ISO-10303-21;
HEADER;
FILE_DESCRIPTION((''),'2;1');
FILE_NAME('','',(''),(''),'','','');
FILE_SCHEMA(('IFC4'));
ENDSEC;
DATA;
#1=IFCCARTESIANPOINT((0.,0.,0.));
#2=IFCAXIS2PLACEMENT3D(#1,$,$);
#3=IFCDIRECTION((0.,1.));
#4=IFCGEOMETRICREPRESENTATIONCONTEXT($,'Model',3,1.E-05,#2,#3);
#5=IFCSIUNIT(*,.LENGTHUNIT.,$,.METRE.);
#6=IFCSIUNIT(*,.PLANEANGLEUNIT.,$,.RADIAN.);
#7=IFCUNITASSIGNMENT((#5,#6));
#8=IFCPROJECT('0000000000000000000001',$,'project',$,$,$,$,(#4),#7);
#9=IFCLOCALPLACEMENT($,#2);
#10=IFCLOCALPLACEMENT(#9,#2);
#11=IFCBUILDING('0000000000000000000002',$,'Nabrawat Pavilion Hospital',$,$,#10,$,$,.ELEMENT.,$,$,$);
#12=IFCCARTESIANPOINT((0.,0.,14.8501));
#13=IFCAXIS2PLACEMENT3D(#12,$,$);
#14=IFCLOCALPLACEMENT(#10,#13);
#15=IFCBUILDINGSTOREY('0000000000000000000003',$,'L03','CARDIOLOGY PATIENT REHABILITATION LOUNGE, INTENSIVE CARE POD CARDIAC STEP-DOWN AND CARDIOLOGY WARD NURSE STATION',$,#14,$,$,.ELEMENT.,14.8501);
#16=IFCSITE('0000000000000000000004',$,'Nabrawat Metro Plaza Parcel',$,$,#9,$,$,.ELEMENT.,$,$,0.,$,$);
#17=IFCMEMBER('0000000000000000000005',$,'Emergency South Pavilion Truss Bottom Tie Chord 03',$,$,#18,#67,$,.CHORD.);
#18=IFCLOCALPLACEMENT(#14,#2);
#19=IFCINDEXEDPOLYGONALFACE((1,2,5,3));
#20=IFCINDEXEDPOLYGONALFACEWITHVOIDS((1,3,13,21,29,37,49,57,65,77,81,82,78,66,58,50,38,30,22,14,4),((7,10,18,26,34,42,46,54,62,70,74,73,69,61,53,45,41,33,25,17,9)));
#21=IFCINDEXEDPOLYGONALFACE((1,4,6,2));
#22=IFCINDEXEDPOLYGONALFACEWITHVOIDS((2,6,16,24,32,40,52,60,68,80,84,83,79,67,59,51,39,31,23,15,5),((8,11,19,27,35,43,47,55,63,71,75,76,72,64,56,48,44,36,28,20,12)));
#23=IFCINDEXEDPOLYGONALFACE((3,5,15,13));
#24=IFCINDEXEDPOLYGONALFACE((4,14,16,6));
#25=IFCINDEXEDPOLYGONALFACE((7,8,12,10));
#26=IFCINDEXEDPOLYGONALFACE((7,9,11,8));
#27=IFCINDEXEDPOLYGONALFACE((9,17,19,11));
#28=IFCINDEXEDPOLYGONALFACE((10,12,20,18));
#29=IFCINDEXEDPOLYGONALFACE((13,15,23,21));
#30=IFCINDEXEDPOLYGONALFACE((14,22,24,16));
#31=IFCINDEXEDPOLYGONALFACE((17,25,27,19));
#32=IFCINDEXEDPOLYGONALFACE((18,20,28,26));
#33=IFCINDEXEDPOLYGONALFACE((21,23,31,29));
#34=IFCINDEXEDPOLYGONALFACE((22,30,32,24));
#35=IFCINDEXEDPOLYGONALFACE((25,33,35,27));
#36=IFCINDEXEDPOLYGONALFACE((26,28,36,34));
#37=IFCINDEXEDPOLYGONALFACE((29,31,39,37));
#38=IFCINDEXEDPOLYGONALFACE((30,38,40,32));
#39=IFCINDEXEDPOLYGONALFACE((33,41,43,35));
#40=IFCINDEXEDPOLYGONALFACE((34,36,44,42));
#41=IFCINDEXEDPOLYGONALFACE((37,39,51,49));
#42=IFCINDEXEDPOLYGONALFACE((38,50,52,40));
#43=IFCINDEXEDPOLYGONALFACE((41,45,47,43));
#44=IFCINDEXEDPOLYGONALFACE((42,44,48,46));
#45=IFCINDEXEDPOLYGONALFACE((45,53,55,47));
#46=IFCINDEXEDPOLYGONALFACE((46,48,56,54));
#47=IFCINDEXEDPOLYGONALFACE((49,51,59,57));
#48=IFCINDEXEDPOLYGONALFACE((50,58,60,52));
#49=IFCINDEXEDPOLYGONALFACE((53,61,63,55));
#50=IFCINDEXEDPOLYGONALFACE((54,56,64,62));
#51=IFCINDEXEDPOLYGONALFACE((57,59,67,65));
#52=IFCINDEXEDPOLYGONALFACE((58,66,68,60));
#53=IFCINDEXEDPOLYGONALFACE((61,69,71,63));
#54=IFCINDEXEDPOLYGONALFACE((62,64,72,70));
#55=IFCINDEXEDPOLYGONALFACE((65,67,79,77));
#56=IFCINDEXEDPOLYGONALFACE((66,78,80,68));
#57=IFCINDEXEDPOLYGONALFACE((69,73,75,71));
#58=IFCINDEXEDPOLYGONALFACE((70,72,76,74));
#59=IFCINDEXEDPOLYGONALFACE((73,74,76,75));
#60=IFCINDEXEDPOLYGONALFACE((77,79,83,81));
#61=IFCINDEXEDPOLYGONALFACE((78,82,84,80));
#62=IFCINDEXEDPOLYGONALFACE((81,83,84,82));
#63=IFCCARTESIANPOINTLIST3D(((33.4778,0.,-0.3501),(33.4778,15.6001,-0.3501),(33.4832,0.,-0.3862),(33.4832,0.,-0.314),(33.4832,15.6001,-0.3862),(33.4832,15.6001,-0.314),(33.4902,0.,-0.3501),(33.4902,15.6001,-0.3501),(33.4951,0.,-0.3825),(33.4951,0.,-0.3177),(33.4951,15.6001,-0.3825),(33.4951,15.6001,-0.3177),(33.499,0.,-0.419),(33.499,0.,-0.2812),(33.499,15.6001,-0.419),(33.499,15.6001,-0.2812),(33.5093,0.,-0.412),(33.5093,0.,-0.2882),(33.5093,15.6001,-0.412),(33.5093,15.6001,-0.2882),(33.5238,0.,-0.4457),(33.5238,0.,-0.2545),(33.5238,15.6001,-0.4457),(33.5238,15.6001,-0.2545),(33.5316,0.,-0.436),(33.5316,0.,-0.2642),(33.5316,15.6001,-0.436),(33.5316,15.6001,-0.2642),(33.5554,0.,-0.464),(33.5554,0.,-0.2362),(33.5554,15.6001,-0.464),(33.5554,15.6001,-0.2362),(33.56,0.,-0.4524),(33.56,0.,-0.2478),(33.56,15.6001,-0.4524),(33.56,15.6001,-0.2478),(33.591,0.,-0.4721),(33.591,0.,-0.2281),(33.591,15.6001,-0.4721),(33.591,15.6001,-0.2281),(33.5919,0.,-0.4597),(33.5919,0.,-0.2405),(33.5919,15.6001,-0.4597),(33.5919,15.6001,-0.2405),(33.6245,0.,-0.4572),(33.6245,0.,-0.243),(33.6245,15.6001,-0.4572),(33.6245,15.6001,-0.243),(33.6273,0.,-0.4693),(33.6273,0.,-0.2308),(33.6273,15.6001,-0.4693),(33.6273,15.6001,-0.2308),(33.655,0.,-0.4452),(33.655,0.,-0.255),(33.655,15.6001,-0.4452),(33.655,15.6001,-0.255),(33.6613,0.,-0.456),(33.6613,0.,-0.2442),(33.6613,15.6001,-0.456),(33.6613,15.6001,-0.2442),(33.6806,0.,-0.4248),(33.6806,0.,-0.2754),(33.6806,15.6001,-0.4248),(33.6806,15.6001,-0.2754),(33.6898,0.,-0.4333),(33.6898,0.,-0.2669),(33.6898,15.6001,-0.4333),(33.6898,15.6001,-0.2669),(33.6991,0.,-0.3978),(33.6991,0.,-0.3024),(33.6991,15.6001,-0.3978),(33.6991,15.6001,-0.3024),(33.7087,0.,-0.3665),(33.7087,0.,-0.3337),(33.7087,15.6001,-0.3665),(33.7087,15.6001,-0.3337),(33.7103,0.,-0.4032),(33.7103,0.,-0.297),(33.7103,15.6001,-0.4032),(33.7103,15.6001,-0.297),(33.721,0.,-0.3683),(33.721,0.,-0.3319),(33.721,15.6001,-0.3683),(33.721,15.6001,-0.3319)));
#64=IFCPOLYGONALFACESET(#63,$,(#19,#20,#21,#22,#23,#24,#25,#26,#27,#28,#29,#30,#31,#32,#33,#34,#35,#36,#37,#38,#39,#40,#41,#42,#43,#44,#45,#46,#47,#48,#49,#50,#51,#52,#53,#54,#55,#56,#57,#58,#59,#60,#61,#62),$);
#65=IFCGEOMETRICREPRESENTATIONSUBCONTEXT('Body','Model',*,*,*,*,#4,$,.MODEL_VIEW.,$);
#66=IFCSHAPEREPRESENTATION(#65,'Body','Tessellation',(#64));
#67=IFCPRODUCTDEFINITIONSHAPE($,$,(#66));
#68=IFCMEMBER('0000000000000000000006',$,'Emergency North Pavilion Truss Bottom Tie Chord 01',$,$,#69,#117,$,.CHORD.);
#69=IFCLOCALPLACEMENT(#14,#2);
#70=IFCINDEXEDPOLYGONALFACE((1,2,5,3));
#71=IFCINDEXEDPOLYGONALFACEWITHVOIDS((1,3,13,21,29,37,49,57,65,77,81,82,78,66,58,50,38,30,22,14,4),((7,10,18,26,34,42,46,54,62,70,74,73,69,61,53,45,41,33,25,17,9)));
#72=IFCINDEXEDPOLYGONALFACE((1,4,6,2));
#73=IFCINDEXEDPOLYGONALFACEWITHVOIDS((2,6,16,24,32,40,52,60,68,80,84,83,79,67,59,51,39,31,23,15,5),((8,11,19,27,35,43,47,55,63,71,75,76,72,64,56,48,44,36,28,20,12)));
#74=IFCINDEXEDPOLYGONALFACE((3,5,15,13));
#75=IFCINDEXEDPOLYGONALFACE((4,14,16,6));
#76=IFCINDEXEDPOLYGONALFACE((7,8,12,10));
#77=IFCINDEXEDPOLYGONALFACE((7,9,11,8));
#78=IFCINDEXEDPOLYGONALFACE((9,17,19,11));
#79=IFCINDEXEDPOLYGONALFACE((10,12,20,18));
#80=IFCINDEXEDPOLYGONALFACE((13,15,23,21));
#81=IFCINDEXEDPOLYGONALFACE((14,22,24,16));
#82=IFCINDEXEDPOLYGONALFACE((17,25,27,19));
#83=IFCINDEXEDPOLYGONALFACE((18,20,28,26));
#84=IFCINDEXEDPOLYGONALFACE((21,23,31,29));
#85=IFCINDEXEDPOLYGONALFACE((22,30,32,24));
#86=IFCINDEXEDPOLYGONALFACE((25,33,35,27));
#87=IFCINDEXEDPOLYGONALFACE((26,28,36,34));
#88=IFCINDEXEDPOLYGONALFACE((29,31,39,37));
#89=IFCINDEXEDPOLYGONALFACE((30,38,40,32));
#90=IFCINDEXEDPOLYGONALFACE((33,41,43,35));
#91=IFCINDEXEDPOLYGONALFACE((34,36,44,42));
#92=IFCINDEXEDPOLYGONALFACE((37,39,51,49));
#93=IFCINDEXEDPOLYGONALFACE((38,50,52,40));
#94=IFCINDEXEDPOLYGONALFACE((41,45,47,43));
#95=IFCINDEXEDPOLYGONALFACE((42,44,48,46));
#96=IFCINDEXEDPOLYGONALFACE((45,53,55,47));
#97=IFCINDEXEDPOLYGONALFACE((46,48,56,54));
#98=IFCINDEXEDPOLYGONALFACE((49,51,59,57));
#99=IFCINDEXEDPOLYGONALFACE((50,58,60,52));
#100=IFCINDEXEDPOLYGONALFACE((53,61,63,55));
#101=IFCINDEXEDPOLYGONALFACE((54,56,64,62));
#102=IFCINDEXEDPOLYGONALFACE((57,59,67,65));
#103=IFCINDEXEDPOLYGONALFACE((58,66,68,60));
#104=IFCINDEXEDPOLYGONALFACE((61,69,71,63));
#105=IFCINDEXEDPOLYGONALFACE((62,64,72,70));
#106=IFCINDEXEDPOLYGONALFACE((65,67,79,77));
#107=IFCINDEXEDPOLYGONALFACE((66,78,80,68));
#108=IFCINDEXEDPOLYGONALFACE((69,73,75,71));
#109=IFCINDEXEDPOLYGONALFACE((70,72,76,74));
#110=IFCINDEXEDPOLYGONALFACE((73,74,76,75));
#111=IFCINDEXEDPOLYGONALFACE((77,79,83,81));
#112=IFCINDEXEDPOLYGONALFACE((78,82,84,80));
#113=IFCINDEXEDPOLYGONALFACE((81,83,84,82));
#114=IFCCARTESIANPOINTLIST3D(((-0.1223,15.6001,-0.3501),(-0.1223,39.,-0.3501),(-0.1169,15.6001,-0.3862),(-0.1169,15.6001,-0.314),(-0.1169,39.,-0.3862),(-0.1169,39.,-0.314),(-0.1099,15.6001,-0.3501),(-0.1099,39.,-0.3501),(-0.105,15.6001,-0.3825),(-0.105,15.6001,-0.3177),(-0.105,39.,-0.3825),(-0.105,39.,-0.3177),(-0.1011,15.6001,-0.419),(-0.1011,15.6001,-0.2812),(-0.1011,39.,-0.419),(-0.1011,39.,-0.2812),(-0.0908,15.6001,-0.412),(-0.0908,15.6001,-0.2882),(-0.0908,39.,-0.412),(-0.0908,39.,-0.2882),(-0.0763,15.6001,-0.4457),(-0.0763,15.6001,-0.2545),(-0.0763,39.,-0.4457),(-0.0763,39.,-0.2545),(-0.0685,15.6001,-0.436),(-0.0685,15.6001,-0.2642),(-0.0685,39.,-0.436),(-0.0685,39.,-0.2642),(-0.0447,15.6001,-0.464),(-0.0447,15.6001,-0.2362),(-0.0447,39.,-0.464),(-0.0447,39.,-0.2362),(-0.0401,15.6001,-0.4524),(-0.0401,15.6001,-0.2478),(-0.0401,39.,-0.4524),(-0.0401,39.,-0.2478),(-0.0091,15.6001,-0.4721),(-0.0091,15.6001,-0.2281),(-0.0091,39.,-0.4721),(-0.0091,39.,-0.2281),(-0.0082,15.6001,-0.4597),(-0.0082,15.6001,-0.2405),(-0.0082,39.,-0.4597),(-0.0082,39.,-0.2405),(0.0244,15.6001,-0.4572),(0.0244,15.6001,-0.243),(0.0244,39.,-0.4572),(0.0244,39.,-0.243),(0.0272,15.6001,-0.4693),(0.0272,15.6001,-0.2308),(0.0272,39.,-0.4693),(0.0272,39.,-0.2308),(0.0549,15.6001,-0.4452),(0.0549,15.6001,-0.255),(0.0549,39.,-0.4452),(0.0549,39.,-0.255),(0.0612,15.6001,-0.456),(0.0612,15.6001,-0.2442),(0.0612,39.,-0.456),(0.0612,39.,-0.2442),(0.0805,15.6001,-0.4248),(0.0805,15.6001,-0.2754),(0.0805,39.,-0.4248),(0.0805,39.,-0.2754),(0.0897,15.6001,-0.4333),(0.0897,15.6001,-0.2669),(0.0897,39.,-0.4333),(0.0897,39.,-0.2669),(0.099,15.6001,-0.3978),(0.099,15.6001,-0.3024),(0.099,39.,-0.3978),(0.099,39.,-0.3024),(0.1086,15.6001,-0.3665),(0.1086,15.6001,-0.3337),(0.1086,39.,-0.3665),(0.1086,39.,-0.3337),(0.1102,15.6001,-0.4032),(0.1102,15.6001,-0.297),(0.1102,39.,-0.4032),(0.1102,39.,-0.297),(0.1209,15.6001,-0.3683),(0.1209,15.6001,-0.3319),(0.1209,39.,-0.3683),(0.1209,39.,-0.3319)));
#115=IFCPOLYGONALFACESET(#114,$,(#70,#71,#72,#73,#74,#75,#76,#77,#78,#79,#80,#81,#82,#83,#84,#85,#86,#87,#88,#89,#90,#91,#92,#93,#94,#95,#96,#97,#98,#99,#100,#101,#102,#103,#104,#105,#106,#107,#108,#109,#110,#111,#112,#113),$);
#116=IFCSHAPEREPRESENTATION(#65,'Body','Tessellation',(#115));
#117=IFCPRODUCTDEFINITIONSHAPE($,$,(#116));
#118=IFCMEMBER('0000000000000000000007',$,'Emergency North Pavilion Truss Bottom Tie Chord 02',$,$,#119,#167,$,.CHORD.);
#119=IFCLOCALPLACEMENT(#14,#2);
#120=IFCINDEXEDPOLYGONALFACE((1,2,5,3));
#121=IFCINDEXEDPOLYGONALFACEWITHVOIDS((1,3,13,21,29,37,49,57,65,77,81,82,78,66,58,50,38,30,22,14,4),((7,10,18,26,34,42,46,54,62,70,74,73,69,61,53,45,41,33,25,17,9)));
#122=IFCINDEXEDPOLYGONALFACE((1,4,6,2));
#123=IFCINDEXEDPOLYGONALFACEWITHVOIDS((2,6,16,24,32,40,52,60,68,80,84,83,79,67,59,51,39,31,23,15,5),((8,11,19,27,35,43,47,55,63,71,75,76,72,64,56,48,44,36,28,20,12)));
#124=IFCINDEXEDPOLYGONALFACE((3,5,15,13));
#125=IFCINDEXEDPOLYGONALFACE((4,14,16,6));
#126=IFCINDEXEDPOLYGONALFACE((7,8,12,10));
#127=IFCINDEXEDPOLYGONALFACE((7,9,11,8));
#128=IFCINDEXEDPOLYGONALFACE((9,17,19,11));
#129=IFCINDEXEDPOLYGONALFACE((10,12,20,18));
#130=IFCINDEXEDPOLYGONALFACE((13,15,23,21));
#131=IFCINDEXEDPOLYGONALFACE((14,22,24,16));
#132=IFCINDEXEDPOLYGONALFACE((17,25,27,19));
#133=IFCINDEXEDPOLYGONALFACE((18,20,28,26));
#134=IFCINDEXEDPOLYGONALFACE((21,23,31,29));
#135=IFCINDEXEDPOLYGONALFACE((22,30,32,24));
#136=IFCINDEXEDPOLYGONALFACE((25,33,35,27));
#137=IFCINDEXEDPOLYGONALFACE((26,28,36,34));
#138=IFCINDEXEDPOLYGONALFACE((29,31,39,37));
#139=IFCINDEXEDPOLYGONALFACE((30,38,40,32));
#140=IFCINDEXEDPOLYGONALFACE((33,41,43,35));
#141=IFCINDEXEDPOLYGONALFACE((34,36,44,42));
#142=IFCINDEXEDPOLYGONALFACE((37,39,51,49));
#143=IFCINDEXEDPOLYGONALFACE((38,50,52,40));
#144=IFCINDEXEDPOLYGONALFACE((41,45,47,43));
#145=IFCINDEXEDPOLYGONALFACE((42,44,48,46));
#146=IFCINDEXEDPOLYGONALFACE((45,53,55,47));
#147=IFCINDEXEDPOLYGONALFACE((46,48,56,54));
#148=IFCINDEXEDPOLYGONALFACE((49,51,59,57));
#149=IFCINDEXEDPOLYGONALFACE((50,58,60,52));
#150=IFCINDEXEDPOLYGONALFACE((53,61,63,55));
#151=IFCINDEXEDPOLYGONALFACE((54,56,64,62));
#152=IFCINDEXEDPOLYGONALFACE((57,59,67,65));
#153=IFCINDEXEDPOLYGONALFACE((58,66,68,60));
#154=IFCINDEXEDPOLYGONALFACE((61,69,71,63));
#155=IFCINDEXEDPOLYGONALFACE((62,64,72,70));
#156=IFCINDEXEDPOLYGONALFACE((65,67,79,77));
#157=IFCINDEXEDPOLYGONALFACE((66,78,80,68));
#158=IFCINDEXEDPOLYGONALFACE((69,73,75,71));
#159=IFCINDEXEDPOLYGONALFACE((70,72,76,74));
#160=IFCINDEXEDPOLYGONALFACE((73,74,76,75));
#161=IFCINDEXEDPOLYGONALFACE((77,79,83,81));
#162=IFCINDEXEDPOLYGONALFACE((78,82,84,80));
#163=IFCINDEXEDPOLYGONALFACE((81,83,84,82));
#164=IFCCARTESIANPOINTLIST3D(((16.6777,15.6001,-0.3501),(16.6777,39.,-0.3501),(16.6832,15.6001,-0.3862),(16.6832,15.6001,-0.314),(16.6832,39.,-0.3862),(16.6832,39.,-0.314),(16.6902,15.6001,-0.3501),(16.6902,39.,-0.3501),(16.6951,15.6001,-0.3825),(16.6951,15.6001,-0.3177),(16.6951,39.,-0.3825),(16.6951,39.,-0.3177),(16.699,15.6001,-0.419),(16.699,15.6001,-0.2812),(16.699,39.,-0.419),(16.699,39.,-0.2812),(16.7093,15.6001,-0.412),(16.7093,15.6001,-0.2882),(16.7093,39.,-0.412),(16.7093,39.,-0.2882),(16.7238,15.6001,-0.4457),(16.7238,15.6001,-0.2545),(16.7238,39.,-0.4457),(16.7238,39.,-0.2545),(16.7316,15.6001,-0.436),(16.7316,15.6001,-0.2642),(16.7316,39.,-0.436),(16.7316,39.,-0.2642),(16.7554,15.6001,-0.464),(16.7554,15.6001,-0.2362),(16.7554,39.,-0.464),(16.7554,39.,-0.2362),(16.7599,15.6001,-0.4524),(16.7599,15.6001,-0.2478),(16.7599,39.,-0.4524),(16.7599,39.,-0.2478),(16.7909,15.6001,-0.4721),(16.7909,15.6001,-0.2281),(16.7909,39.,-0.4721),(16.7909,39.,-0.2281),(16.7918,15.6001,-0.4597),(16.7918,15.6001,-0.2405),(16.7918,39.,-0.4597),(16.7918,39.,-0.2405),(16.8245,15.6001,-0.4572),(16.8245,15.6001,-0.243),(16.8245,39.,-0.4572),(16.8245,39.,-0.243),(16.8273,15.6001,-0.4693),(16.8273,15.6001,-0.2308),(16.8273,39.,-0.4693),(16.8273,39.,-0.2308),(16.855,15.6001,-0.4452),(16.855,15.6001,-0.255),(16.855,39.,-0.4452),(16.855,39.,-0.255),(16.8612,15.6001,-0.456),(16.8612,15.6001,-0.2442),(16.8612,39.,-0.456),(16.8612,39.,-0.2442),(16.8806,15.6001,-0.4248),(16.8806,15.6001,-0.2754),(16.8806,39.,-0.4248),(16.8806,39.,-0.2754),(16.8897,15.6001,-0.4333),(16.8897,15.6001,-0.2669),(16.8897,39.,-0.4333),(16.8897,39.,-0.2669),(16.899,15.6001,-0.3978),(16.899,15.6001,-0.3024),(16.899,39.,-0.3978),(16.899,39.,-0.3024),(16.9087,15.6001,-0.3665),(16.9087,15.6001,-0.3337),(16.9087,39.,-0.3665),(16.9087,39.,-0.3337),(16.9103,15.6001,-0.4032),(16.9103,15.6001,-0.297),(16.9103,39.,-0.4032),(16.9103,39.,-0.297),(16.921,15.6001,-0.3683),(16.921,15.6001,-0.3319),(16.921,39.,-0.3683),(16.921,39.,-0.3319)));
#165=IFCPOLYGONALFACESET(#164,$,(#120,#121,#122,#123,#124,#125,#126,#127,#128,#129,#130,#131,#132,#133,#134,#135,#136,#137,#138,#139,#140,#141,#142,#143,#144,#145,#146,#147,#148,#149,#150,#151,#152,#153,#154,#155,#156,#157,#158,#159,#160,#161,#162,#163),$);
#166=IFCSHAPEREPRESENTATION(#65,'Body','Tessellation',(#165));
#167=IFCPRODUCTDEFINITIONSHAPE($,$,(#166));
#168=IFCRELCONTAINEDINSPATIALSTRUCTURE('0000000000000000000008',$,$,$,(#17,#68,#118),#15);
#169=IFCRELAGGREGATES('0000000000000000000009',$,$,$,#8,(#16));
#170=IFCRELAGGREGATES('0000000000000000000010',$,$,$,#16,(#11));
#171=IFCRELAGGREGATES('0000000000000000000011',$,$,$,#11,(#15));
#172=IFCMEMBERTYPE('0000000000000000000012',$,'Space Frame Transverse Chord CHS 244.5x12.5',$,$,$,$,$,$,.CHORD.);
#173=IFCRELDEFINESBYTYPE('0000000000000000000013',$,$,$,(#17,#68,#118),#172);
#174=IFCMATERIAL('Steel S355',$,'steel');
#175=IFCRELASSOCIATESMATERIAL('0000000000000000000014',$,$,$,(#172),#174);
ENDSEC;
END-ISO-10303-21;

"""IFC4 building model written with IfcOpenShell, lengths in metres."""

from ifc_helpers import new_model, si_unit, direction, frame, origin, origin_2d, place, context, subcontext, project, spatial, hollow_circle, extrude, material, material_profile, profile_set, type_object, element, save


model = new_model("IFC4")

# Units and contexts
model_context = context("Model", 3, precision=1e-05, world=origin(), true_north=direction((0.0, 1.0)))
body_context = subcontext(model_context, "Body", "Model", "MODEL_VIEW")
ifc_project = project(units=[si_unit("LENGTHUNIT", "METRE"), si_unit("PLANEANGLEUNIT", "RADIAN")], contexts=[model_context])

# Site, building, storey
site_placement = place(None, origin())
site = spatial("IfcSite", under=ifc_project, at=site_placement, Name="Nabrawat Metro Plaza Parcel", CompositionType="ELEMENT", RefElevation=0.0)
building_placement = place(site_placement, origin())
building = spatial("IfcBuilding", under=site, at=building_placement, Name="Nabrawat Pavilion Hospital", CompositionType="ELEMENT")
storey_placement = place(building_placement, frame((0.0, 0.0, 14.8501)))
storey = spatial("IfcBuildingStorey", under=building, at=storey_placement, Name="L03", Description="CARDIOLOGY PATIENT REHABILITATION LOUNGE, INTENSIVE CARE POD CARDIAC STEP-DOWN AND CARDIOLOGY WARD NURSE STATION", CompositionType="ELEMENT", Elevation=14.8501)

# Members
ifc_material_1 = material(Name="Steel S355", Category="steel")
ifc_material_profile_1 = material_profile(ifc_material_1, hollow_circle(Radius=0.1223, WallThickness=0.0125, at=origin_2d()), Name="CHS 244.5x12.5")
ifc_profile_set_1 = profile_set([ifc_material_profile_1], Name="Steel S355")
member_type_1 = type_object("IfcMemberType", Name="Space Frame Transverse Chord CHS 244.5x12.5", PredefinedType="CHORD", material=ifc_profile_set_1)
for number, where, z_axis, x_axis, name in (
    (1, (33.6001, 0.0, -0.3501), (0.0, 1.0, 0.0), (-1.0, 0.0, 0.0), "Emergency South Pavilion Truss Bottom Tie Chord 03"),
):
    element("IfcMember", number, at=place(storey_placement, frame(where, z_axis=z_axis, x_axis=x_axis)), inside=storey, type_object=member_type_1, Name=name, PredefinedType="CHORD", context=body_context, shape_type="SweptSolid", body=[
        extrude(hollow_circle(Radius=0.1223, WallThickness=0.0125, at=origin_2d()), origin(), (0.0, 0.0, 1.0), 15.6001),
    ])
for number, where, z_axis, x_axis, name in (
    (2, (0.0, 15.6001, -0.3501), (0.0, 1.0, 0.0), (-1.0, 0.0, 0.0), "Emergency North Pavilion Truss Bottom Tie Chord 01"),
    (3, (16.8, 15.6001, -0.3501), (0.0, 1.0, 0.0), (-1.0, 0.0, 0.0), "Emergency North Pavilion Truss Bottom Tie Chord 02"),
):
    element("IfcMember", number, at=place(storey_placement, frame(where, z_axis=z_axis, x_axis=x_axis)), inside=storey, type_object=member_type_1, Name=name, PredefinedType="CHORD", context=body_context, shape_type="SweptSolid", body=[
        extrude(hollow_circle(Radius=0.1223, WallThickness=0.0125, at=origin_2d()), origin(), (0.0, 0.0, 1.0), 23.3999),
    ])

save(model, "model.ifc")
